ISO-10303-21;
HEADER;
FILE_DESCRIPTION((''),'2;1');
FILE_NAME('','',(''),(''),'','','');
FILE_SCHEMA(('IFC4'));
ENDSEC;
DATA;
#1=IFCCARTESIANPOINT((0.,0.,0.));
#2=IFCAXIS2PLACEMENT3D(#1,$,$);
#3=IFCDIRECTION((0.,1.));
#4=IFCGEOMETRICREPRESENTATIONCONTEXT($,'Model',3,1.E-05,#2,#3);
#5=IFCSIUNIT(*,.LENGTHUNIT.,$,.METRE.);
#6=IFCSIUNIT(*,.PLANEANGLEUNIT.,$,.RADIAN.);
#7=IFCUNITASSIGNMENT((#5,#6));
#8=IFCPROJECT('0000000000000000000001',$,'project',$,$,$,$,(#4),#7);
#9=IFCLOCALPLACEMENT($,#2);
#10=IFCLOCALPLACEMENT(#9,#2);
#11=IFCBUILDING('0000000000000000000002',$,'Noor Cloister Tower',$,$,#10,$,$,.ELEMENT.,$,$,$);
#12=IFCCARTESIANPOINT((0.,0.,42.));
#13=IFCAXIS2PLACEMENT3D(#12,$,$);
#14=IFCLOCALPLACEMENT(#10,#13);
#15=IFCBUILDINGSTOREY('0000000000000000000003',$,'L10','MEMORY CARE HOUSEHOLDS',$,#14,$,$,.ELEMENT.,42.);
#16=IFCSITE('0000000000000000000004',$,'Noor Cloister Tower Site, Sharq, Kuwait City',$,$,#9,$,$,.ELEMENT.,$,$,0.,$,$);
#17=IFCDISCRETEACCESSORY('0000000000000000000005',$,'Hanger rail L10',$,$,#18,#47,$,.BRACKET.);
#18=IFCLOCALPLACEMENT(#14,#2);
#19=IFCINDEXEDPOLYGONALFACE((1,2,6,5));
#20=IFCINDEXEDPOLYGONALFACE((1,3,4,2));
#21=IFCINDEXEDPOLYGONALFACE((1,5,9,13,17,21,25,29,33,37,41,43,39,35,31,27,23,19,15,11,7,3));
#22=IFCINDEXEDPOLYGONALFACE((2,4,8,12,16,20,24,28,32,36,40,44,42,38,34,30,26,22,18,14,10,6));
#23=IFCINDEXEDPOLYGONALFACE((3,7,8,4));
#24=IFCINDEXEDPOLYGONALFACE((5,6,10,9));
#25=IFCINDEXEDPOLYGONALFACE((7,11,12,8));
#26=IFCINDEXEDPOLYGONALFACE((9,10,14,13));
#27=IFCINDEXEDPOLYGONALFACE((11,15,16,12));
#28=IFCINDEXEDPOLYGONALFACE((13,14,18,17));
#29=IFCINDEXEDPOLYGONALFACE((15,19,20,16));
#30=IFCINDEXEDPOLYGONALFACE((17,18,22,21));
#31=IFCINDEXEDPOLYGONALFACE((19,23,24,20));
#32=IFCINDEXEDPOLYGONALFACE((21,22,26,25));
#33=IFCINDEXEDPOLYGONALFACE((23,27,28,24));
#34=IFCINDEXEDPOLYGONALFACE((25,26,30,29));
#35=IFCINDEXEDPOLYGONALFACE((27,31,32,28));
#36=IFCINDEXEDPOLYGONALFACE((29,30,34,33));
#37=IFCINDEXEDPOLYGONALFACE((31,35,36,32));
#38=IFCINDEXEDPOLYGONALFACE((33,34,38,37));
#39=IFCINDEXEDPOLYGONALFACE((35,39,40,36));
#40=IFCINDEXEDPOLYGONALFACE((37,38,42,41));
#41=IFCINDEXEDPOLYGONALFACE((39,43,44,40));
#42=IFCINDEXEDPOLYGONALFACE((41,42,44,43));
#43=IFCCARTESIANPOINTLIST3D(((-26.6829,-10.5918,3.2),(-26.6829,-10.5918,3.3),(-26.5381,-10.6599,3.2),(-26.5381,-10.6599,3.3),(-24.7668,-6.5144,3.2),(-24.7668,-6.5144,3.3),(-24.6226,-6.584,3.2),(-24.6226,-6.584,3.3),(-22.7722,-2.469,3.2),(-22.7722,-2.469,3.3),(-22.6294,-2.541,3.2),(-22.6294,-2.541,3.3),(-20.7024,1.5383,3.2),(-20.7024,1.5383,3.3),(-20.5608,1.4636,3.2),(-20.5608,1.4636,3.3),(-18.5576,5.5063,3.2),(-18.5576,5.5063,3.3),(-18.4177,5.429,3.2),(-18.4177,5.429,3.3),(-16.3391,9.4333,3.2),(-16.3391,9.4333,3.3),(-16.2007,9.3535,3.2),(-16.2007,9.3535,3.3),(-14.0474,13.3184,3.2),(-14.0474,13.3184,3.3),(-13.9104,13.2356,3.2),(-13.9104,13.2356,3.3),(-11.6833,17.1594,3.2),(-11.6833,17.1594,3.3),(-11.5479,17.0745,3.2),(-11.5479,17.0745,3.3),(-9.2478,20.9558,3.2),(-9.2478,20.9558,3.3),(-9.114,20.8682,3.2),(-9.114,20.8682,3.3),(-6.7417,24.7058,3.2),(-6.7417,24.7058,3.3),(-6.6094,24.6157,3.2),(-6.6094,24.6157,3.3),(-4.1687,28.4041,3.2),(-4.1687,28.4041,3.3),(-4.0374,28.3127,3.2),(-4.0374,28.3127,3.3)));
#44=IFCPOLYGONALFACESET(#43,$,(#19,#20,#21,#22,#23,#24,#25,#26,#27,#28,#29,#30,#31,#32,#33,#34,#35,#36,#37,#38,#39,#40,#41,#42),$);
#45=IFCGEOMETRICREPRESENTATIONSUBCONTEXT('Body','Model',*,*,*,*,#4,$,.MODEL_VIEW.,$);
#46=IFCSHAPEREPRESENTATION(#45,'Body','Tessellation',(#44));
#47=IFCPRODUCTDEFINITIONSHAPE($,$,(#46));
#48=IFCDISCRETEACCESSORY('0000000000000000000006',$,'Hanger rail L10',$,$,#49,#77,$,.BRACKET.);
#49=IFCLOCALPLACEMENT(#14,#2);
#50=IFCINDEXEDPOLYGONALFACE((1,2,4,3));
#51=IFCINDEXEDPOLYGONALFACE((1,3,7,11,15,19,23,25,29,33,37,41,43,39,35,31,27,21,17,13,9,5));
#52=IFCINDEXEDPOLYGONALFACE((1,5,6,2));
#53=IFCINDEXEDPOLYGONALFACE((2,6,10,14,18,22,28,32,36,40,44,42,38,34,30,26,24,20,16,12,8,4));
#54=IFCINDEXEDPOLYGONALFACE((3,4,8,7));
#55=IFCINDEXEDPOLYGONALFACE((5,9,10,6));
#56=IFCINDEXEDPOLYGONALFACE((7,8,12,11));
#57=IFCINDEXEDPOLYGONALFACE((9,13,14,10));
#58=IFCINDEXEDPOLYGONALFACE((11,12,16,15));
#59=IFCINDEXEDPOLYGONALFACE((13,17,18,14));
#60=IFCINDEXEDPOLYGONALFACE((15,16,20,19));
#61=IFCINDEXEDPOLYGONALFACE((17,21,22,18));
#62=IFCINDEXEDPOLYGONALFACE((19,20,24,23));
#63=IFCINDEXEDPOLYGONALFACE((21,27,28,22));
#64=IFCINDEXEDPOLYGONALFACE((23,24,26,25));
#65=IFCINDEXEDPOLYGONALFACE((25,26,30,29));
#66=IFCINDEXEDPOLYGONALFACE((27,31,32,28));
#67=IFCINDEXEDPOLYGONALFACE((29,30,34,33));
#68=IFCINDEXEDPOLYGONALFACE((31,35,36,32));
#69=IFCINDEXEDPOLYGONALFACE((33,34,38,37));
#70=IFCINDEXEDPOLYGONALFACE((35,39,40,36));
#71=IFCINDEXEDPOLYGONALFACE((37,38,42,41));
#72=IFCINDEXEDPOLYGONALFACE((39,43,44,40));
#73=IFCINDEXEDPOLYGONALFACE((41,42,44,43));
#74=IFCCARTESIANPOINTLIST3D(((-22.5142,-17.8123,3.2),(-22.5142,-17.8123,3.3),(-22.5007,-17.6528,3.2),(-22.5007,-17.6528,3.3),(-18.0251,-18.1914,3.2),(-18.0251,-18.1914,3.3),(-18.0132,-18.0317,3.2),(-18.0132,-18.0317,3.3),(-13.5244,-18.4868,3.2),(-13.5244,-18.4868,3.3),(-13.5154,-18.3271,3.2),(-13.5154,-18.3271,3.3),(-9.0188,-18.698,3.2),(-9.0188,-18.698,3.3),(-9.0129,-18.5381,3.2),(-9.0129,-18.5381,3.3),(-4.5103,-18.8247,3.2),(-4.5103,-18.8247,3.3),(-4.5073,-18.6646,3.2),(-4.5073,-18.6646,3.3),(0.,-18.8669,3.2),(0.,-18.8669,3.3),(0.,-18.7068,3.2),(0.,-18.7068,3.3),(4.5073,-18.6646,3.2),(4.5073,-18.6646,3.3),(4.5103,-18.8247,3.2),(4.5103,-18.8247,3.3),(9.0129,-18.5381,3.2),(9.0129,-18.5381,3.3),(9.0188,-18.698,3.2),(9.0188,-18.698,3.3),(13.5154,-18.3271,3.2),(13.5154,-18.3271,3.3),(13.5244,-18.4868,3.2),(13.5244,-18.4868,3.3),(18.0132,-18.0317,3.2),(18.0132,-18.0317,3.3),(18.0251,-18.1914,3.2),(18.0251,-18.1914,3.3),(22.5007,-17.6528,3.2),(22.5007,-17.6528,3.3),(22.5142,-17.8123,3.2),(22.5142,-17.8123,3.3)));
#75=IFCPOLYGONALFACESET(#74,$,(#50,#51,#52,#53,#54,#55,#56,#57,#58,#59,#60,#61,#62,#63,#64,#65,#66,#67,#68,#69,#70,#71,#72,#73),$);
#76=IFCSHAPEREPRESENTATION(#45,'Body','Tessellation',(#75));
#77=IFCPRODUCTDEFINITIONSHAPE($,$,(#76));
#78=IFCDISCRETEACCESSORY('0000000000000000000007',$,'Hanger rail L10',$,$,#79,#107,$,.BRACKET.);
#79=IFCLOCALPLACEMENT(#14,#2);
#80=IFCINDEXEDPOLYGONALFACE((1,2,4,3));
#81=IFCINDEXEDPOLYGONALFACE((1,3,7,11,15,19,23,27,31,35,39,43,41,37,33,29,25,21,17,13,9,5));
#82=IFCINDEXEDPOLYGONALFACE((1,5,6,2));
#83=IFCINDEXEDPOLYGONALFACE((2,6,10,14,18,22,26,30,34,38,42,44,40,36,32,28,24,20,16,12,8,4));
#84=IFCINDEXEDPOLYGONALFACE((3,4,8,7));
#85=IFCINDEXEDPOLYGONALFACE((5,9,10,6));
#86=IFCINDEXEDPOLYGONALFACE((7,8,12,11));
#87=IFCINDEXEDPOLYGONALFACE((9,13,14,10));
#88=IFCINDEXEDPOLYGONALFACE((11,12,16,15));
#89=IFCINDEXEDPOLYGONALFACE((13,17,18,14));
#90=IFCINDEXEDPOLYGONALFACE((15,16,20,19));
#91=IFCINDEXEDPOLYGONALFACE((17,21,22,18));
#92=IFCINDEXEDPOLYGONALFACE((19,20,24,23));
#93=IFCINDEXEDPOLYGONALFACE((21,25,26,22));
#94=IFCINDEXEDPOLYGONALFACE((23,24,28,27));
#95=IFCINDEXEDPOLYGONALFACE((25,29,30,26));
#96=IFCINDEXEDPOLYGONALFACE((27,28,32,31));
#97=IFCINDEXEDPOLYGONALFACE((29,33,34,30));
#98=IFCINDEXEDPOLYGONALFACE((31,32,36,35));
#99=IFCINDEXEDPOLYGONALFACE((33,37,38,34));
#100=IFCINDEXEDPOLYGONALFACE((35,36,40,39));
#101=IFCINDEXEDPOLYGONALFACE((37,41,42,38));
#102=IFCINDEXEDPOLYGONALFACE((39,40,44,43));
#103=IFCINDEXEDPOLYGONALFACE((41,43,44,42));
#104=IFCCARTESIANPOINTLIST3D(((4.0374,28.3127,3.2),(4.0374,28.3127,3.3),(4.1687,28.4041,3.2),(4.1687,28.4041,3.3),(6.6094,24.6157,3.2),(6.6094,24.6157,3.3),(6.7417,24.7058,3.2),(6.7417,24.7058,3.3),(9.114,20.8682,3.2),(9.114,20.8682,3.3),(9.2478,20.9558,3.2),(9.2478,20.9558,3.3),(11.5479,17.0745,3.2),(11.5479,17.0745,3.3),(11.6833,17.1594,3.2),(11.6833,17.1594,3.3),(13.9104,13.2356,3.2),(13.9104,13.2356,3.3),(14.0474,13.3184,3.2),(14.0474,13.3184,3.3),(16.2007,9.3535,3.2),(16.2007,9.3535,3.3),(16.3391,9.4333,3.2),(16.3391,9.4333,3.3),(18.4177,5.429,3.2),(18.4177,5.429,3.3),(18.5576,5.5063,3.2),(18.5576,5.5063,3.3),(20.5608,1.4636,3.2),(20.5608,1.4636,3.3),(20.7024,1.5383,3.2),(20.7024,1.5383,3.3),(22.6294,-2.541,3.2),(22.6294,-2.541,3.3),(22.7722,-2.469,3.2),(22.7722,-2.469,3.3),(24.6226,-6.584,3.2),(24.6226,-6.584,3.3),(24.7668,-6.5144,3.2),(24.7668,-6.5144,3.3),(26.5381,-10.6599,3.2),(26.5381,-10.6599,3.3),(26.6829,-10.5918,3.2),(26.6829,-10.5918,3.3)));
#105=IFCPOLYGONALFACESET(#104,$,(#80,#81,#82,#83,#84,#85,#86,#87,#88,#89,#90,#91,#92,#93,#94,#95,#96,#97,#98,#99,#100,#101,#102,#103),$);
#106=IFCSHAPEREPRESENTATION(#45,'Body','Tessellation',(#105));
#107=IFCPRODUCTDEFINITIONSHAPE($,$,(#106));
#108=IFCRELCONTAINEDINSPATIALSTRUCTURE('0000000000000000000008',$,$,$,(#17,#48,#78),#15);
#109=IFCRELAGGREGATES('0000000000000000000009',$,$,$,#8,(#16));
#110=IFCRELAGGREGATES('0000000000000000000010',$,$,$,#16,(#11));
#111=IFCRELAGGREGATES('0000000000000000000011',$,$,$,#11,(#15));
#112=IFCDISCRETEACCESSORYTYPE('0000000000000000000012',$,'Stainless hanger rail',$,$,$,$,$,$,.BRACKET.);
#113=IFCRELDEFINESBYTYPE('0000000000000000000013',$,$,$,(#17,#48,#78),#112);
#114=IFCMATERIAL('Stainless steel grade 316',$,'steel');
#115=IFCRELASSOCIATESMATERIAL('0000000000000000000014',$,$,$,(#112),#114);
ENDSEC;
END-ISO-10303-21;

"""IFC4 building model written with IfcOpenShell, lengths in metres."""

from ifc_helpers import new_model, si_unit, direction, frame, origin, place, context, subcontext, project, spatial, polyline, outline, extrude, material, type_object, element, save


model = new_model("IFC4")

# Units and contexts
model_context = context("Model", 3, precision=1e-05, world=origin(), true_north=direction((0.0, 1.0)))
body_context = subcontext(model_context, "Body", "Model", "MODEL_VIEW")
ifc_project = project(units=[si_unit("LENGTHUNIT", "METRE"), si_unit("PLANEANGLEUNIT", "RADIAN")], contexts=[model_context])

# Site, building, storey
site_placement = place(None, origin())
site = spatial("IfcSite", under=ifc_project, at=site_placement, Name="Noor Cloister Tower Site, Sharq, Kuwait City", CompositionType="ELEMENT", RefElevation=0.0)
building_placement = place(site_placement, origin())
building = spatial("IfcBuilding", under=site, at=building_placement, Name="Noor Cloister Tower", CompositionType="ELEMENT")
storey_placement = place(building_placement, frame((0.0, 0.0, 42.0)))
storey = spatial("IfcBuildingStorey", under=building, at=storey_placement, Name="L10", Description="MEMORY CARE HOUSEHOLDS", CompositionType="ELEMENT", Elevation=42.0)

# Discrete accessories
ifc_material_1 = material(Name="Stainless steel grade 316", Category="steel")
discrete_accessory_type = type_object("IfcDiscreteAccessoryType", Name="Stainless hanger rail", PredefinedType="BRACKET", material=ifc_material_1)
discrete_accessory_1_placement = place(storey_placement, frame((0.0, 0.0, 3.2)))
element("IfcDiscreteAccessory", 1, at=discrete_accessory_1_placement, inside=storey, type_object=discrete_accessory_type, Name="Hanger rail L10", PredefinedType="BRACKET", context=body_context, shape_type="SweptSolid", body=[
    extrude(outline(polyline([(-4.1687, 28.4041), (-6.7417, 24.7058), (-9.2478, 20.9558), (-11.6833, 17.1594), (-14.0474, 13.3184), (-16.3391, 9.4333), (-18.5576, 5.5063), (-20.7024, 1.5383), (-22.7722, -2.469), (-24.7668, -6.5144), (-26.6829, -10.5918), (-26.5381, -10.6599), (-24.6226, -6.584), (-22.6294, -2.541), (-20.5608, 1.4636), (-18.4177, 5.429), (-16.2007, 9.3535), (-13.9104, 13.2356), (-11.5479, 17.0745), (-9.114, 20.8682), (-6.6094, 24.6157), (-4.0374, 28.3127), (-4.1687, 28.4041)])), origin(), (0.0, 0.0, 1.0), 0.1001),
])
discrete_accessory_2_placement = place(storey_placement, frame((0.0, 0.0, 3.2)))
element("IfcDiscreteAccessory", 2, at=discrete_accessory_2_placement, inside=storey, type_object=discrete_accessory_type, Name="Hanger rail L10", PredefinedType="BRACKET", context=body_context, shape_type="SweptSolid", body=[
    extrude(outline(polyline([(-22.5142, -17.8123), (-18.0251, -18.1914), (-13.5244, -18.4868), (-9.0188, -18.698), (-4.5103, -18.8247), (0.0, -18.8669), (4.5103, -18.8247), (9.0188, -18.698), (13.5244, -18.4868), (18.0251, -18.1914), (22.5142, -17.8123), (22.5007, -17.6528), (18.0132, -18.0317), (13.5154, -18.3271), (9.0129, -18.5381), (4.5073, -18.6646), (0.0, -18.7068), (-4.5073, -18.6646), (-9.0129, -18.5381), (-13.5154, -18.3271), (-18.0132, -18.0317), (-22.5007, -17.6528), (-22.5142, -17.8123)])), origin(), (0.0, 0.0, 1.0), 0.1001),
])
discrete_accessory_3_placement = place(storey_placement, frame((0.0, 0.0, 3.2)))
element("IfcDiscreteAccessory", 3, at=discrete_accessory_3_placement, inside=storey, type_object=discrete_accessory_type, Name="Hanger rail L10", PredefinedType="BRACKET", context=body_context, shape_type="SweptSolid", body=[
    extrude(outline(polyline([(26.6829, -10.5918), (24.7668, -6.5144), (22.7722, -2.469), (20.7024, 1.5383), (18.5576, 5.5063), (16.3391, 9.4333), (14.0474, 13.3184), (11.6833, 17.1594), (9.2478, 20.9558), (6.7417, 24.7058), (4.1687, 28.4041), (4.0374, 28.3127), (6.6094, 24.6157), (9.114, 20.8682), (11.5479, 17.0745), (13.9104, 13.2356), (16.2007, 9.3535), (18.4177, 5.429), (20.5608, 1.4636), (22.6294, -2.541), (24.6226, -6.584), (26.5381, -10.6599), (26.6829, -10.5918)])), origin(), (0.0, 0.0, 1.0), 0.1001),
])

save(model, "model.ifc")
